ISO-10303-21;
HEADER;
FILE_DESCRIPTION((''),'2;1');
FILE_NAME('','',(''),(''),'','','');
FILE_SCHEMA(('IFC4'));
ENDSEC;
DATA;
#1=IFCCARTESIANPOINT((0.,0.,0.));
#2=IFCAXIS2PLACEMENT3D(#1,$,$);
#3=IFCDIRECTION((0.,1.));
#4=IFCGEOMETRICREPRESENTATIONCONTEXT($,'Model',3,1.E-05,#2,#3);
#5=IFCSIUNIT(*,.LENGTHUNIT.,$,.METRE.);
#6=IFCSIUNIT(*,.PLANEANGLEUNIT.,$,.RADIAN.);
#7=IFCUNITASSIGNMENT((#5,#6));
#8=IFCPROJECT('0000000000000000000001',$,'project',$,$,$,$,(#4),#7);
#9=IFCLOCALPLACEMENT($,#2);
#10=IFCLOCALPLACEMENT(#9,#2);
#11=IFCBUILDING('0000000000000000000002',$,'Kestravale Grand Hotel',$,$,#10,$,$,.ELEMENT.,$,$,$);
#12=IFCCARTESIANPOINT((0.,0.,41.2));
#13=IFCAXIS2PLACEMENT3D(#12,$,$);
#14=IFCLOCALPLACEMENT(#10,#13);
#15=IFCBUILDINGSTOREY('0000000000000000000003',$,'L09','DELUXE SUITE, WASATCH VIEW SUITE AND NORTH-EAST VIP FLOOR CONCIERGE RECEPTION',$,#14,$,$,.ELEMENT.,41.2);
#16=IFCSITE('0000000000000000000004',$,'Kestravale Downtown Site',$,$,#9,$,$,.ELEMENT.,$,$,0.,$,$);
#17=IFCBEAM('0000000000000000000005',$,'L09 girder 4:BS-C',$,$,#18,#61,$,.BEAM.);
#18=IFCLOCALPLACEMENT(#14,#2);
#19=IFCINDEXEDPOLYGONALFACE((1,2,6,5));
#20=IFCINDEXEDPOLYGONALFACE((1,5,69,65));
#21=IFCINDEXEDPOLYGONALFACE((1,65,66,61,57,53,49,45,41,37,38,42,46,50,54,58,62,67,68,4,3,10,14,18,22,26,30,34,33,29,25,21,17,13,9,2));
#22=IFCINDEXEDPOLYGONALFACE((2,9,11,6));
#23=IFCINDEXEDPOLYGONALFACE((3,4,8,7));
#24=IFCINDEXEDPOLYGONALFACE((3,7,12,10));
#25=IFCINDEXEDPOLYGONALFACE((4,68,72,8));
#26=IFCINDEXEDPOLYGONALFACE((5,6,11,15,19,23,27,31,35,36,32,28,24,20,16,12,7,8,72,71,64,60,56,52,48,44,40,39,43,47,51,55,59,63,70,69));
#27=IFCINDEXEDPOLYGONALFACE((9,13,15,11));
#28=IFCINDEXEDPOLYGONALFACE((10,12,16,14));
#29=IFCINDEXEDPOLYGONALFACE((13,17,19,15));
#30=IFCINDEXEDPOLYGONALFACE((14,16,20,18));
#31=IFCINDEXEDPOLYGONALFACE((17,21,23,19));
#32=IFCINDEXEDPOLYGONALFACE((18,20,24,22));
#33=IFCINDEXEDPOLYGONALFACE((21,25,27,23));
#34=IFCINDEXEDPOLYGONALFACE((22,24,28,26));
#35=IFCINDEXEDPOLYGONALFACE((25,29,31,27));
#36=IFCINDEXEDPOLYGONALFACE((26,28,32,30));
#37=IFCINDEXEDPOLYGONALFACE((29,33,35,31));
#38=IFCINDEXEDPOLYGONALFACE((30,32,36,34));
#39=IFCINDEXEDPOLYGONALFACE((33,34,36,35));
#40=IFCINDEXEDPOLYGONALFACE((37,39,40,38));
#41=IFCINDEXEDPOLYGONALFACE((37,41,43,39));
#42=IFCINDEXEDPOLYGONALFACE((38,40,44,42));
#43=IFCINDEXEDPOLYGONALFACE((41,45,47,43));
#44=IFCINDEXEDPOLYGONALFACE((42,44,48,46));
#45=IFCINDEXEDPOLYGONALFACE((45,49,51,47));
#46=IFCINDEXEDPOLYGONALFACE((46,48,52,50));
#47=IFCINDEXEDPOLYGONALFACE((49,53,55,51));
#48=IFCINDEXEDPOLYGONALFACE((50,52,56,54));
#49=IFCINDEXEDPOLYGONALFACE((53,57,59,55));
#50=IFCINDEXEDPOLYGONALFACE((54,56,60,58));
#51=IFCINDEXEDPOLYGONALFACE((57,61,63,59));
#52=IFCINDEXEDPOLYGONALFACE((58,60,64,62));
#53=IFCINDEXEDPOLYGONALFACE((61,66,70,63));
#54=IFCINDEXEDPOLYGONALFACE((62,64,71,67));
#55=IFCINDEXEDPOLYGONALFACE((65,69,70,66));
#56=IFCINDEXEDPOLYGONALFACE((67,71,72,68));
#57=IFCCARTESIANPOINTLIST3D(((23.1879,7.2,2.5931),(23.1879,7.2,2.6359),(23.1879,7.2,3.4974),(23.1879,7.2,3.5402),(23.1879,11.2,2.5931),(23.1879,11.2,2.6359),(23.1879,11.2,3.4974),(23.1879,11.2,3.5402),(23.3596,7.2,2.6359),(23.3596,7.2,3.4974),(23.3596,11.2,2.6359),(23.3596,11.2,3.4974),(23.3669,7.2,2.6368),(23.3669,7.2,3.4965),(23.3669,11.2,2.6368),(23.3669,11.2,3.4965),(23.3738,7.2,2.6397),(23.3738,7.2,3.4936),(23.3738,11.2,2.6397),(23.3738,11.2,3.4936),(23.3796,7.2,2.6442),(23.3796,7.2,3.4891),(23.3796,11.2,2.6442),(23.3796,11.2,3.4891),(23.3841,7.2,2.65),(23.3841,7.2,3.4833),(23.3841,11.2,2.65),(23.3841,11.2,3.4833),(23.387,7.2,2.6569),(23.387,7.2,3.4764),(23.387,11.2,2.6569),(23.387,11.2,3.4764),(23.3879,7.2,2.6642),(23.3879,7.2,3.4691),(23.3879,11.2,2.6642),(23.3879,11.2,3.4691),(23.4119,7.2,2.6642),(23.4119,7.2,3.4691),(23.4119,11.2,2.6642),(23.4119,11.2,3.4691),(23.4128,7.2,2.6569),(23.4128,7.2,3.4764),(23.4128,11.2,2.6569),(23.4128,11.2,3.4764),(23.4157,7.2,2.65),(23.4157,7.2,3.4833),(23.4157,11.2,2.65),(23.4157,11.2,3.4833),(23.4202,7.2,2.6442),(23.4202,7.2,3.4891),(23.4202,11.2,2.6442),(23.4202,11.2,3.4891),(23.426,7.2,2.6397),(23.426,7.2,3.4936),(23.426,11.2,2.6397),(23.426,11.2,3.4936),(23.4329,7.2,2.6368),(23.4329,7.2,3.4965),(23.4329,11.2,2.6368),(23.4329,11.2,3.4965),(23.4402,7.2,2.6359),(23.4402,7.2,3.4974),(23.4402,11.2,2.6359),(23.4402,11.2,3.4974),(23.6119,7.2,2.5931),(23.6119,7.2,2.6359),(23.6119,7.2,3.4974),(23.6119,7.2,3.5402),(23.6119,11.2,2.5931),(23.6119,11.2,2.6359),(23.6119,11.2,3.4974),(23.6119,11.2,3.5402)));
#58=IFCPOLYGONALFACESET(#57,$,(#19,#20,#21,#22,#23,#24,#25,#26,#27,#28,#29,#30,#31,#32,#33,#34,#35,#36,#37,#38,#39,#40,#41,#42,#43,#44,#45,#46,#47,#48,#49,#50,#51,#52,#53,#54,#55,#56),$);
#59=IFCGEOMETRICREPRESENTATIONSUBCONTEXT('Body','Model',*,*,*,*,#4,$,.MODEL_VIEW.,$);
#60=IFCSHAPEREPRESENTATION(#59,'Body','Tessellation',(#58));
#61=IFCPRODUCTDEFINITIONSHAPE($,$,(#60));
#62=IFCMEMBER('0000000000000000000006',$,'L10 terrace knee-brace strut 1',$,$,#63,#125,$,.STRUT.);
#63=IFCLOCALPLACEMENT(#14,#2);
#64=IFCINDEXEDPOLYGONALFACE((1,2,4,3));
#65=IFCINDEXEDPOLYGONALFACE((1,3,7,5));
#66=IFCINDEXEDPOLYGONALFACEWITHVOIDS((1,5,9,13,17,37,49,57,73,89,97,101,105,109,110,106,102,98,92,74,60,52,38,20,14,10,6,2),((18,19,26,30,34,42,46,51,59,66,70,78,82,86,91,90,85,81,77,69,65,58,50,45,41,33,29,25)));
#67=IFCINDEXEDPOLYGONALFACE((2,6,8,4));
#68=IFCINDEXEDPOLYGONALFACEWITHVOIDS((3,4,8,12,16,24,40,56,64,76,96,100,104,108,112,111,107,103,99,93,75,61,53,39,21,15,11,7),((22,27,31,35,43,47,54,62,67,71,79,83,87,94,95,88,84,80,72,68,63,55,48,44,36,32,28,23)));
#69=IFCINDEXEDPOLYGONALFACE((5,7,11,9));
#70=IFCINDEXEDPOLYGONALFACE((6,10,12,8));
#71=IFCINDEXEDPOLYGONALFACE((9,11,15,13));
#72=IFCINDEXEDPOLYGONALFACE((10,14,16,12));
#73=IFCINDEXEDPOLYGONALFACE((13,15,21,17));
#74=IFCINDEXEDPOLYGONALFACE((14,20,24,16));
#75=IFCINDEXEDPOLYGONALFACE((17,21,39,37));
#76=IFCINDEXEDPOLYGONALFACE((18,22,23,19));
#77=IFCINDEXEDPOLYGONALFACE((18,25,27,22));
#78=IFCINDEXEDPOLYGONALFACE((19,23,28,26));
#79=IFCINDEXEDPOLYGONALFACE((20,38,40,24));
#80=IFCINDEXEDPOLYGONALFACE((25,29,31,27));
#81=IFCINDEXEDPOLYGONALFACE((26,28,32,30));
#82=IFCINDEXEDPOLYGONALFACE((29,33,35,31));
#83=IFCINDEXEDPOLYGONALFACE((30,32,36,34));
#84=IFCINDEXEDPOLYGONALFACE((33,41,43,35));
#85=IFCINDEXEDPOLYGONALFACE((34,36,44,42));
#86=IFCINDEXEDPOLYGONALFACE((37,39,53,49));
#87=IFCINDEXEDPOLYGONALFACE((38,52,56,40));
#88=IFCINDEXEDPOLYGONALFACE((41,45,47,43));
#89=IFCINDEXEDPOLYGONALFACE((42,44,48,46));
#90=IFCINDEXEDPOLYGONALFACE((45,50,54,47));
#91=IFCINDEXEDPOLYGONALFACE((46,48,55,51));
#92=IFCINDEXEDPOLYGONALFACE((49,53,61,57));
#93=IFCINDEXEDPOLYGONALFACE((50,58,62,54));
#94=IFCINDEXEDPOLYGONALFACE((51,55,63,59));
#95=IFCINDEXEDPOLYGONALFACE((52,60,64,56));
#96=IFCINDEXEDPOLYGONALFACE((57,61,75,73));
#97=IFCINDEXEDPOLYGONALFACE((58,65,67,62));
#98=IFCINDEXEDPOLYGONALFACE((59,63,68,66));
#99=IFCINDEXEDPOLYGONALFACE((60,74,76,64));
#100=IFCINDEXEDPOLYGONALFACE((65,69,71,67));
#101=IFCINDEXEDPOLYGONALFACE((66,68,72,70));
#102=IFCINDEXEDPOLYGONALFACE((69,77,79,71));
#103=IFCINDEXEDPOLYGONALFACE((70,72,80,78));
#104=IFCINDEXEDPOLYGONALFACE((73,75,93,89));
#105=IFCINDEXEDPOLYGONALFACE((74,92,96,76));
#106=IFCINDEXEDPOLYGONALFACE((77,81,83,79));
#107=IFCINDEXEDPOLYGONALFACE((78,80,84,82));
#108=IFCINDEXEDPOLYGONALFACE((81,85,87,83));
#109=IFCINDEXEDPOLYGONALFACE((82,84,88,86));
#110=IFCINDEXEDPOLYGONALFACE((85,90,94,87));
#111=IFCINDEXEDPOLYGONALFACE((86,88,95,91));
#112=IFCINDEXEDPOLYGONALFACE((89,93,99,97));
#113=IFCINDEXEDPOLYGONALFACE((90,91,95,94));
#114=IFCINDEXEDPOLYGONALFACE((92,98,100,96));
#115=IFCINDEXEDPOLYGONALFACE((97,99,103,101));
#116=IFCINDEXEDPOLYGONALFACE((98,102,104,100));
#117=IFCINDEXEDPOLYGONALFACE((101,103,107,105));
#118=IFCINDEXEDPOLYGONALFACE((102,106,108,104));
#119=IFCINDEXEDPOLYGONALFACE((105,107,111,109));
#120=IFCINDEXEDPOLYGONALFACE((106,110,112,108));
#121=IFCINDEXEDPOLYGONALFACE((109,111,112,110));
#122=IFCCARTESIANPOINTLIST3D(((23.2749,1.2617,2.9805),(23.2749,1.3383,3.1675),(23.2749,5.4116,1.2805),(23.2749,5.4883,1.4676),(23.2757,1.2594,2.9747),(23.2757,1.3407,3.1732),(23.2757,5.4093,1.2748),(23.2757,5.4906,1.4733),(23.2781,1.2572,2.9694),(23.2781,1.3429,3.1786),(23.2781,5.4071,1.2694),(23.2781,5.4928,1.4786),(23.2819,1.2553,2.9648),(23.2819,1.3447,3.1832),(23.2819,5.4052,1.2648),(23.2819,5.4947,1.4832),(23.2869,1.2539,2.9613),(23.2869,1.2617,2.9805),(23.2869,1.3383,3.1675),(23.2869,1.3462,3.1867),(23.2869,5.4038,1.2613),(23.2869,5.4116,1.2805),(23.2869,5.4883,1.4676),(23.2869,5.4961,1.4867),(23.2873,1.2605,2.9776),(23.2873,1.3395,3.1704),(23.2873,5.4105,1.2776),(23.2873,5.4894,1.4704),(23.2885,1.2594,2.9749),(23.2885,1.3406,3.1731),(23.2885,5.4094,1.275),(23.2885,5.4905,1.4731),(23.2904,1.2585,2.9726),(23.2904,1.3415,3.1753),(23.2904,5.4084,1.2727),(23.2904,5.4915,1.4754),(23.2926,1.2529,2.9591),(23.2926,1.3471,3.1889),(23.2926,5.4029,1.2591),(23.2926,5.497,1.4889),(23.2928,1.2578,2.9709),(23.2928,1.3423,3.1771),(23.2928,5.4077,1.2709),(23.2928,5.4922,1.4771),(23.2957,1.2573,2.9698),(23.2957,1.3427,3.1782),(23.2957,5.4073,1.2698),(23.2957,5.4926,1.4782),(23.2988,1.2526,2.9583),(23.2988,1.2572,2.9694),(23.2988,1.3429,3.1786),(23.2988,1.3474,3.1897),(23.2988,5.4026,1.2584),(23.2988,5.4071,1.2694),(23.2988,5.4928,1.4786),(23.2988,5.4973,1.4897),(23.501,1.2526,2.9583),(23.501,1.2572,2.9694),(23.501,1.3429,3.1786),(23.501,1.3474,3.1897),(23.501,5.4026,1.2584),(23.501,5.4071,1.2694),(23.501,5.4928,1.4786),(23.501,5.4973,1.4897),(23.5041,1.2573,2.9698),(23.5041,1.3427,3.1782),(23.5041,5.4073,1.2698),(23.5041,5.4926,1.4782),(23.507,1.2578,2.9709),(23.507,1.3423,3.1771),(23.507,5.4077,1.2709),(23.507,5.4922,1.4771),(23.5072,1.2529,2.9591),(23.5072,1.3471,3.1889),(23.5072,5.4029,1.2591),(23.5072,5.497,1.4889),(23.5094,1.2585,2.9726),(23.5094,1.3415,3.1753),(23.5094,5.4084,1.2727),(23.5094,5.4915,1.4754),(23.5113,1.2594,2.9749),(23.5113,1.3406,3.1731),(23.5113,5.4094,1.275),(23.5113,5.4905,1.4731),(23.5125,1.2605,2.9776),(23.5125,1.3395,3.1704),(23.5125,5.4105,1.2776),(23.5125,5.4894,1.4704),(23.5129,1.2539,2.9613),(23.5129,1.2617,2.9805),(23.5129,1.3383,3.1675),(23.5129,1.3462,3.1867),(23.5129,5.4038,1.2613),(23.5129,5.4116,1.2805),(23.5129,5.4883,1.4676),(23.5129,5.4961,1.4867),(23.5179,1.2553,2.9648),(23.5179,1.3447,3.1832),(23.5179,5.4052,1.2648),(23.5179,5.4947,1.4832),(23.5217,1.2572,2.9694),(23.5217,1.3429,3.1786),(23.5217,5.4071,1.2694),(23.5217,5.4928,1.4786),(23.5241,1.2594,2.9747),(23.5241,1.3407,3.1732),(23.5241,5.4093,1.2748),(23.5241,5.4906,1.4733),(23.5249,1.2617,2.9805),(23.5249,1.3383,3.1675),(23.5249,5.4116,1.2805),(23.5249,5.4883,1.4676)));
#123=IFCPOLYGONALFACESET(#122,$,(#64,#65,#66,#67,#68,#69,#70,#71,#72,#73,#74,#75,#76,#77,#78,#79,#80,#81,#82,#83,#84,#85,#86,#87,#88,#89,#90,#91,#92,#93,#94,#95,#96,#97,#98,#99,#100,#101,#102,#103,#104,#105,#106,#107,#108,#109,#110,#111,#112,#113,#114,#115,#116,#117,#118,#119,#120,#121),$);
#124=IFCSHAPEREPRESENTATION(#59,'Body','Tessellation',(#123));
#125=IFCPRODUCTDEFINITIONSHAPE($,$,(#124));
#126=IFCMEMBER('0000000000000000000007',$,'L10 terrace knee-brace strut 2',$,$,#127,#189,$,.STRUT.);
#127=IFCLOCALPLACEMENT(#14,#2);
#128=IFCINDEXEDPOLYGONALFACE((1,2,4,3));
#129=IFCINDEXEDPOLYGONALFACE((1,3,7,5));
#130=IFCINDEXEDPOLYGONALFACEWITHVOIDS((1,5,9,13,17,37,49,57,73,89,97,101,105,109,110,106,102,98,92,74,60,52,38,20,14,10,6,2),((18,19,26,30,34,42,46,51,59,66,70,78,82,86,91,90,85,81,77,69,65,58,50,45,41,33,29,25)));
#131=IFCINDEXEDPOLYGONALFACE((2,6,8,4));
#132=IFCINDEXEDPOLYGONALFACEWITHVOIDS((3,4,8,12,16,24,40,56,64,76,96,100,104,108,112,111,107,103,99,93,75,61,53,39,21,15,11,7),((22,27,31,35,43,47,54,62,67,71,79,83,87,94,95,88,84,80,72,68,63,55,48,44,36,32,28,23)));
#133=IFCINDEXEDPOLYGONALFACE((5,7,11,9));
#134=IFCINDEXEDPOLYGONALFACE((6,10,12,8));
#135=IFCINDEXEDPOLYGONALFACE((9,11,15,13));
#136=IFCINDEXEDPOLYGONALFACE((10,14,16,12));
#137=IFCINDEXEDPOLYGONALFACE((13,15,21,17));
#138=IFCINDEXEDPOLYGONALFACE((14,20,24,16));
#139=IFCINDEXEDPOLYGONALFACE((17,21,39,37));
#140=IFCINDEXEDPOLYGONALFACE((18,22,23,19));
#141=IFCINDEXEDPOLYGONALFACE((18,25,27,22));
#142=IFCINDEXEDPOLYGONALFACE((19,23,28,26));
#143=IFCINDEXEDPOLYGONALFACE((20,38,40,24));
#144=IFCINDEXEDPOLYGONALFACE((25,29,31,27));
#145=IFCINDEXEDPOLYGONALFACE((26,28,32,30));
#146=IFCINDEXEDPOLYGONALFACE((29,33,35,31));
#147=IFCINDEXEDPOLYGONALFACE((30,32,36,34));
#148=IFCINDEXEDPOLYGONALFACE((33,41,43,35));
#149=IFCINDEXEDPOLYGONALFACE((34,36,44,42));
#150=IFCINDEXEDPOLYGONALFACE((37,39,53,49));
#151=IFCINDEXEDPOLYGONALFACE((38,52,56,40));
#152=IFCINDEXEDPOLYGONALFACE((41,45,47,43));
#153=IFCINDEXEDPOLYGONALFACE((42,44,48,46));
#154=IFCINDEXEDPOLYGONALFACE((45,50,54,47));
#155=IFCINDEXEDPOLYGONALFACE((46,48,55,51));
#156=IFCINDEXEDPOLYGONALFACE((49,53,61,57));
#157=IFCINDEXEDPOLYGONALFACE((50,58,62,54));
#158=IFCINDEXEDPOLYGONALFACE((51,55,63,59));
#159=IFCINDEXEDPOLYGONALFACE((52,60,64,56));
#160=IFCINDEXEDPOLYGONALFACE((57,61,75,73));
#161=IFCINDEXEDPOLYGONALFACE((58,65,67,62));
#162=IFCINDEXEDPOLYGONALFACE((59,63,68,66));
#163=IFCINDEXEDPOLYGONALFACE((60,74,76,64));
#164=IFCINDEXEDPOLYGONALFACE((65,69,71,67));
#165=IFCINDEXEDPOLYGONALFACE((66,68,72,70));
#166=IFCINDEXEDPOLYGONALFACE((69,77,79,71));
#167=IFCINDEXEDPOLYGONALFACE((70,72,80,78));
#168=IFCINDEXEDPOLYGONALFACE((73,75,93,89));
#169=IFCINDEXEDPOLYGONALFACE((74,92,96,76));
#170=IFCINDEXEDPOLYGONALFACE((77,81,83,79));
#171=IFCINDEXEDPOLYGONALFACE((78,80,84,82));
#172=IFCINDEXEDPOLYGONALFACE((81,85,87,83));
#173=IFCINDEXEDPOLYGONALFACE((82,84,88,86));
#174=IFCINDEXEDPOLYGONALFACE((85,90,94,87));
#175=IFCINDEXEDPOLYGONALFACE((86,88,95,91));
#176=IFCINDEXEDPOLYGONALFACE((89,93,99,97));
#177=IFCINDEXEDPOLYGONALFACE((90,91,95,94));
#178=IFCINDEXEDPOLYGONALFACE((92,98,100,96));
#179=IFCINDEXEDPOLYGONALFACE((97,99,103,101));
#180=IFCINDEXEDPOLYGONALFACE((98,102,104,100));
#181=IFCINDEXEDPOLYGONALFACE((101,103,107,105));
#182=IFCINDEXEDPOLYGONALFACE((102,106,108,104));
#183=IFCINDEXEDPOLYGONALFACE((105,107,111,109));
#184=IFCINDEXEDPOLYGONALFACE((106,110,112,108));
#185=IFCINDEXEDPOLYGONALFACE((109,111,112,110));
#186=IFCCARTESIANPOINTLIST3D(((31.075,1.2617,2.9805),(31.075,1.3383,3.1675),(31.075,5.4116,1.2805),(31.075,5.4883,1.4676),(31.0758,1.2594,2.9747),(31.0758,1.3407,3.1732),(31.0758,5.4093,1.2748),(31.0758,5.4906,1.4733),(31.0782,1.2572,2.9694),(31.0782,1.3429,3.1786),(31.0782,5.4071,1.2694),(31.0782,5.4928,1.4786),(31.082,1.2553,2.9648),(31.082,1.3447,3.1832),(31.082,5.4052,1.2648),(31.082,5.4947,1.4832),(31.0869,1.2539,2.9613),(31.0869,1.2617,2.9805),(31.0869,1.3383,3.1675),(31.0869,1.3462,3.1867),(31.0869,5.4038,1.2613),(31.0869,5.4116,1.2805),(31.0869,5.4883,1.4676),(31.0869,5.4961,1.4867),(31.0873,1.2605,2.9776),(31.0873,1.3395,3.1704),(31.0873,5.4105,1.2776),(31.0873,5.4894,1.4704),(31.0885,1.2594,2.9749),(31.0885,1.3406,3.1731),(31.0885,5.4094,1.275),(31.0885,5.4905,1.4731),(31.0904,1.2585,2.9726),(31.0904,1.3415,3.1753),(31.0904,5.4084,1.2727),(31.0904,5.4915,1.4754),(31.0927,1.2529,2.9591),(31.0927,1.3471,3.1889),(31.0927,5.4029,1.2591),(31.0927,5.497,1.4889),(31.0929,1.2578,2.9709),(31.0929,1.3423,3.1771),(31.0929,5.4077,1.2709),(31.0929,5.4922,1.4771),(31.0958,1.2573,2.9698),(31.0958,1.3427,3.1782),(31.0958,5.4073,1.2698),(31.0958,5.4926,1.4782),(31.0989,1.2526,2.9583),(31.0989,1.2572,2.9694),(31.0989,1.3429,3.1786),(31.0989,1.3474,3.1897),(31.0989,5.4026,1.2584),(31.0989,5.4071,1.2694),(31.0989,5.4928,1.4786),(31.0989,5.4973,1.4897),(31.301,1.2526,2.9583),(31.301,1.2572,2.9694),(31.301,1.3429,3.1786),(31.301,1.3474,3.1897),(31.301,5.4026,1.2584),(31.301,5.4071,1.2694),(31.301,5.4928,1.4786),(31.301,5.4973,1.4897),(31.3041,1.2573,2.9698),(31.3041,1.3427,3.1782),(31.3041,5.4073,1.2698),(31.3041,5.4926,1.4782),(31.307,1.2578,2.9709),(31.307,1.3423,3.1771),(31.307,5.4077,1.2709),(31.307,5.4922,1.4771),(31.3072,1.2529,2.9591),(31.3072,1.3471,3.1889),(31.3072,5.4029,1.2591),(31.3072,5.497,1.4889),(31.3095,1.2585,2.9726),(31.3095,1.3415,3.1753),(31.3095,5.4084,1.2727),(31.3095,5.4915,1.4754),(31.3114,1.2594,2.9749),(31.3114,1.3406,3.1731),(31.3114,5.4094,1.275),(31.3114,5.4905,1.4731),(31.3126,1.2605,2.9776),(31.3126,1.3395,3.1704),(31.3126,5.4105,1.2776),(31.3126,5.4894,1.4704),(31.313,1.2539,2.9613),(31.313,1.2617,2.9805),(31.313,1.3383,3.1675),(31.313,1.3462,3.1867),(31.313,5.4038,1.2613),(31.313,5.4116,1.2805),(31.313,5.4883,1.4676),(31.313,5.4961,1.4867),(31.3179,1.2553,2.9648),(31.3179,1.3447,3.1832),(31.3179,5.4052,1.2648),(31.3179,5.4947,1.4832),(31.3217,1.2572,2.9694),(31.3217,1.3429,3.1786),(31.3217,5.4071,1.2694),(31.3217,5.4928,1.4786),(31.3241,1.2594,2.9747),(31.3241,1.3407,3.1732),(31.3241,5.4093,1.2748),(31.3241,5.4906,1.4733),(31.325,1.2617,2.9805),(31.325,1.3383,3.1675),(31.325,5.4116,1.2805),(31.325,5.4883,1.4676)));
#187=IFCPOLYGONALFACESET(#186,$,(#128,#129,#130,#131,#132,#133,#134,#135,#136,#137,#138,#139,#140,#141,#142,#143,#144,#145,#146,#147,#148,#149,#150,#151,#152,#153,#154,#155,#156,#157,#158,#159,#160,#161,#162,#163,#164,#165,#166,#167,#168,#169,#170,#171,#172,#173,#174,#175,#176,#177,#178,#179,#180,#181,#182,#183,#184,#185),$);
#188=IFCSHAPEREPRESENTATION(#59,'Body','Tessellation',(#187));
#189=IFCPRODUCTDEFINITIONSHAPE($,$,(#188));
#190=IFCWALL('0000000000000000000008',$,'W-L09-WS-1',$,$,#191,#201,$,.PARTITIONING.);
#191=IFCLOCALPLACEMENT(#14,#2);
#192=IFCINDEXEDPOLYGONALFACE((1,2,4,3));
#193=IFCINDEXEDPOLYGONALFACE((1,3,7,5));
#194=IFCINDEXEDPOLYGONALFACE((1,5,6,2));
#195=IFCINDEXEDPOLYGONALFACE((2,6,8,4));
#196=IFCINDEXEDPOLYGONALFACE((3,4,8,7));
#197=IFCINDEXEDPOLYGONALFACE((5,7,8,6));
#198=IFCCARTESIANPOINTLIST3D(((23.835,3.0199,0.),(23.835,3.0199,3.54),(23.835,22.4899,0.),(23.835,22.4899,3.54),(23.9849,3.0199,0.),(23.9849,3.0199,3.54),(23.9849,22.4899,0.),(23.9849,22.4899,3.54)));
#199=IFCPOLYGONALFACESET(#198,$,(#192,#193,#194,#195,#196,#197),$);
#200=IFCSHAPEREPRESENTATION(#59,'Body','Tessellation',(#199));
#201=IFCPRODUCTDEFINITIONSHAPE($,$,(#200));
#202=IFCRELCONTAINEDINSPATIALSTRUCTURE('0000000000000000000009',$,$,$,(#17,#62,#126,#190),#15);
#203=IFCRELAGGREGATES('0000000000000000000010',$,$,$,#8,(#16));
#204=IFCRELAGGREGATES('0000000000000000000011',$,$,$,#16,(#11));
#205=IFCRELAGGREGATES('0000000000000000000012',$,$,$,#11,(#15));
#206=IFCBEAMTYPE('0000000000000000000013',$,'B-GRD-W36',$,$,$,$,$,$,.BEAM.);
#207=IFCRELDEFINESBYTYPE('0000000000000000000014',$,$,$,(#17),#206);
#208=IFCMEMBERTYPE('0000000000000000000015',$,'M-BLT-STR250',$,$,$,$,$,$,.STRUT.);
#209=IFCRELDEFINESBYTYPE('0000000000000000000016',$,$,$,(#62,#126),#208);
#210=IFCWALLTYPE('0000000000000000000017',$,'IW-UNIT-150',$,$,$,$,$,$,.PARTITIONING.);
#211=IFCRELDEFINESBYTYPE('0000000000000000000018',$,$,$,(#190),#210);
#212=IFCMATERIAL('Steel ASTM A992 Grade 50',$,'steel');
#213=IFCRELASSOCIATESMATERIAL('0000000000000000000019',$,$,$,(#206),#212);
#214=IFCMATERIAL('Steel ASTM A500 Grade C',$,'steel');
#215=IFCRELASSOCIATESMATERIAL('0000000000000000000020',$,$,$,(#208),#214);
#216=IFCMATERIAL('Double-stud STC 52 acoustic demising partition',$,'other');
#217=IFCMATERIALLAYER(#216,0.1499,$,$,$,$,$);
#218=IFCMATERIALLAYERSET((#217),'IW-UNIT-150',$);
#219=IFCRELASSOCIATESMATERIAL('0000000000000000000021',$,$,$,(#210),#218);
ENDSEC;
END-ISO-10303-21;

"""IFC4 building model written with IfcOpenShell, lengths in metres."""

from ifc_helpers import new_model, si_unit, direction, frame, frame_2d, origin, origin_2d, place, context, subcontext, project, spatial, rectangle, hollow_rectangle, i_section, extrude, material, layer, layer_set, material_profile, profile_set, type_object, element, save


model = new_model("IFC4")

# Units and contexts
model_context = context("Model", 3, precision=1e-05, world=origin(), true_north=direction((0.0, 1.0)))
body_context = subcontext(model_context, "Body", "Model", "MODEL_VIEW")
ifc_project = project(units=[si_unit("LENGTHUNIT", "METRE"), si_unit("PLANEANGLEUNIT", "RADIAN")], contexts=[model_context])

# Site, building, storey
site_placement = place(None, origin())
site = spatial("IfcSite", under=ifc_project, at=site_placement, Name="Kestravale Downtown Site", CompositionType="ELEMENT", RefElevation=0.0)
building_placement = place(site_placement, origin())
building = spatial("IfcBuilding", under=site, at=building_placement, Name="Kestravale Grand Hotel", CompositionType="ELEMENT")
storey_placement = place(building_placement, frame((0.0, 0.0, 41.2)))
storey = spatial("IfcBuildingStorey", under=building, at=storey_placement, Name="L09", Description="DELUXE SUITE, WASATCH VIEW SUITE AND NORTH-EAST VIP FLOOR CONCIERGE RECEPTION", CompositionType="ELEMENT", Elevation=41.2)

# Beam
ifc_material_1 = material(Name="Steel ASTM A992 Grade 50", Category="steel")
ifc_material_profile_1 = material_profile(ifc_material_1, i_section(OverallWidth=0.4241, OverallDepth=0.947, WebThickness=0.0239, FlangeThickness=0.0427, FilletRadius=0.0283, at=origin_2d()))
ifc_profile_set_1 = profile_set([ifc_material_profile_1], Name="Steel ASTM A992 Grade 50")
beam_type_1 = type_object("IfcBeamType", Name="B-GRD-W36", PredefinedType="BEAM", material=ifc_profile_set_1)
beam_1_placement = place(storey_placement, frame((23.3999, 7.2, 3.0667), z_axis=(0.0, 1.0, 0.0), x_axis=(-1.0, 0.0, 0.0)))
element("IfcBeam", 1, at=beam_1_placement, inside=storey, type_object=beam_type_1, Name="L09 girder 4:BS-C", PredefinedType="BEAM", context=body_context, shape_type="SweptSolid", body=[
    extrude(i_section(OverallWidth=0.4241, OverallDepth=0.947, WebThickness=0.0239, FlangeThickness=0.0427, FilletRadius=0.0283, at=origin_2d()), origin(), (0.0, 0.0, 1.0), 4.0),
])

# Members
ifc_material_2 = material(Name="Steel ASTM A500 Grade C", Category="steel")
ifc_material_profile_2 = material_profile(ifc_material_2, hollow_rectangle(XDim=0.25, YDim=0.25, WallThickness=0.012, InnerFilletRadius=0.012, OuterFilletRadius=0.0239, at=origin_2d()))
ifc_profile_set_2 = profile_set([ifc_material_profile_2], Name="Steel ASTM A500 Grade C")
member_type = type_object("IfcMemberType", Name="M-BLT-STR250", PredefinedType="STRUT", material=ifc_profile_set_2)
for number, where, z_axis, x_axis, name in (
    (2, (23.3999, 5.45, 1.374), (0.0, -0.92537, 0.379065), (1.0, 0.0, 0.0), "L10 terrace knee-brace strut 1"),
    (3, (31.2, 5.45, 1.374), (0.0, -0.92537, 0.379065), (1.0, 0.0, 0.0), "L10 terrace knee-brace strut 2"),
):
    element("IfcMember", number, at=place(storey_placement, frame(where, z_axis=z_axis, x_axis=x_axis)), inside=storey, type_object=member_type, Name=name, PredefinedType="STRUT", context=body_context, shape_type="SweptSolid", body=[
        extrude(hollow_rectangle(XDim=0.25, YDim=0.25, WallThickness=0.012, InnerFilletRadius=0.012, OuterFilletRadius=0.0239, at=origin_2d()), origin(), (0.0, 0.0, 1.0), 4.4846),
    ])

# Wall
ifc_material_3 = material(Name="Double-stud STC 52 acoustic demising partition", Category="other")
ifc_layer = layer(ifc_material_3, 0.1499)
ifc_layer_set = layer_set([ifc_layer], Name="IW-UNIT-150")
wall_type = type_object("IfcWallType", Name="IW-UNIT-150", PredefinedType="PARTITIONING", material=ifc_layer_set)
wall_placement = place(storey_placement, frame((23.9099, 3.02, 0.0), z_axis=(0.0, 0.0, 1.0), x_axis=(0.0, 1.0, 0.0)))
element("IfcWall", 4, at=wall_placement, inside=storey, type_object=wall_type, Name="W-L09-WS-1", PredefinedType="PARTITIONING", context=body_context, shape_type="SweptSolid", body=[
    extrude(rectangle(XDim=19.47, YDim=0.1499, at=frame_2d((9.7349, 0.0))), origin(), (0.0, 0.0, 1.0), 3.54),
])

save(model, "model.ifc")
